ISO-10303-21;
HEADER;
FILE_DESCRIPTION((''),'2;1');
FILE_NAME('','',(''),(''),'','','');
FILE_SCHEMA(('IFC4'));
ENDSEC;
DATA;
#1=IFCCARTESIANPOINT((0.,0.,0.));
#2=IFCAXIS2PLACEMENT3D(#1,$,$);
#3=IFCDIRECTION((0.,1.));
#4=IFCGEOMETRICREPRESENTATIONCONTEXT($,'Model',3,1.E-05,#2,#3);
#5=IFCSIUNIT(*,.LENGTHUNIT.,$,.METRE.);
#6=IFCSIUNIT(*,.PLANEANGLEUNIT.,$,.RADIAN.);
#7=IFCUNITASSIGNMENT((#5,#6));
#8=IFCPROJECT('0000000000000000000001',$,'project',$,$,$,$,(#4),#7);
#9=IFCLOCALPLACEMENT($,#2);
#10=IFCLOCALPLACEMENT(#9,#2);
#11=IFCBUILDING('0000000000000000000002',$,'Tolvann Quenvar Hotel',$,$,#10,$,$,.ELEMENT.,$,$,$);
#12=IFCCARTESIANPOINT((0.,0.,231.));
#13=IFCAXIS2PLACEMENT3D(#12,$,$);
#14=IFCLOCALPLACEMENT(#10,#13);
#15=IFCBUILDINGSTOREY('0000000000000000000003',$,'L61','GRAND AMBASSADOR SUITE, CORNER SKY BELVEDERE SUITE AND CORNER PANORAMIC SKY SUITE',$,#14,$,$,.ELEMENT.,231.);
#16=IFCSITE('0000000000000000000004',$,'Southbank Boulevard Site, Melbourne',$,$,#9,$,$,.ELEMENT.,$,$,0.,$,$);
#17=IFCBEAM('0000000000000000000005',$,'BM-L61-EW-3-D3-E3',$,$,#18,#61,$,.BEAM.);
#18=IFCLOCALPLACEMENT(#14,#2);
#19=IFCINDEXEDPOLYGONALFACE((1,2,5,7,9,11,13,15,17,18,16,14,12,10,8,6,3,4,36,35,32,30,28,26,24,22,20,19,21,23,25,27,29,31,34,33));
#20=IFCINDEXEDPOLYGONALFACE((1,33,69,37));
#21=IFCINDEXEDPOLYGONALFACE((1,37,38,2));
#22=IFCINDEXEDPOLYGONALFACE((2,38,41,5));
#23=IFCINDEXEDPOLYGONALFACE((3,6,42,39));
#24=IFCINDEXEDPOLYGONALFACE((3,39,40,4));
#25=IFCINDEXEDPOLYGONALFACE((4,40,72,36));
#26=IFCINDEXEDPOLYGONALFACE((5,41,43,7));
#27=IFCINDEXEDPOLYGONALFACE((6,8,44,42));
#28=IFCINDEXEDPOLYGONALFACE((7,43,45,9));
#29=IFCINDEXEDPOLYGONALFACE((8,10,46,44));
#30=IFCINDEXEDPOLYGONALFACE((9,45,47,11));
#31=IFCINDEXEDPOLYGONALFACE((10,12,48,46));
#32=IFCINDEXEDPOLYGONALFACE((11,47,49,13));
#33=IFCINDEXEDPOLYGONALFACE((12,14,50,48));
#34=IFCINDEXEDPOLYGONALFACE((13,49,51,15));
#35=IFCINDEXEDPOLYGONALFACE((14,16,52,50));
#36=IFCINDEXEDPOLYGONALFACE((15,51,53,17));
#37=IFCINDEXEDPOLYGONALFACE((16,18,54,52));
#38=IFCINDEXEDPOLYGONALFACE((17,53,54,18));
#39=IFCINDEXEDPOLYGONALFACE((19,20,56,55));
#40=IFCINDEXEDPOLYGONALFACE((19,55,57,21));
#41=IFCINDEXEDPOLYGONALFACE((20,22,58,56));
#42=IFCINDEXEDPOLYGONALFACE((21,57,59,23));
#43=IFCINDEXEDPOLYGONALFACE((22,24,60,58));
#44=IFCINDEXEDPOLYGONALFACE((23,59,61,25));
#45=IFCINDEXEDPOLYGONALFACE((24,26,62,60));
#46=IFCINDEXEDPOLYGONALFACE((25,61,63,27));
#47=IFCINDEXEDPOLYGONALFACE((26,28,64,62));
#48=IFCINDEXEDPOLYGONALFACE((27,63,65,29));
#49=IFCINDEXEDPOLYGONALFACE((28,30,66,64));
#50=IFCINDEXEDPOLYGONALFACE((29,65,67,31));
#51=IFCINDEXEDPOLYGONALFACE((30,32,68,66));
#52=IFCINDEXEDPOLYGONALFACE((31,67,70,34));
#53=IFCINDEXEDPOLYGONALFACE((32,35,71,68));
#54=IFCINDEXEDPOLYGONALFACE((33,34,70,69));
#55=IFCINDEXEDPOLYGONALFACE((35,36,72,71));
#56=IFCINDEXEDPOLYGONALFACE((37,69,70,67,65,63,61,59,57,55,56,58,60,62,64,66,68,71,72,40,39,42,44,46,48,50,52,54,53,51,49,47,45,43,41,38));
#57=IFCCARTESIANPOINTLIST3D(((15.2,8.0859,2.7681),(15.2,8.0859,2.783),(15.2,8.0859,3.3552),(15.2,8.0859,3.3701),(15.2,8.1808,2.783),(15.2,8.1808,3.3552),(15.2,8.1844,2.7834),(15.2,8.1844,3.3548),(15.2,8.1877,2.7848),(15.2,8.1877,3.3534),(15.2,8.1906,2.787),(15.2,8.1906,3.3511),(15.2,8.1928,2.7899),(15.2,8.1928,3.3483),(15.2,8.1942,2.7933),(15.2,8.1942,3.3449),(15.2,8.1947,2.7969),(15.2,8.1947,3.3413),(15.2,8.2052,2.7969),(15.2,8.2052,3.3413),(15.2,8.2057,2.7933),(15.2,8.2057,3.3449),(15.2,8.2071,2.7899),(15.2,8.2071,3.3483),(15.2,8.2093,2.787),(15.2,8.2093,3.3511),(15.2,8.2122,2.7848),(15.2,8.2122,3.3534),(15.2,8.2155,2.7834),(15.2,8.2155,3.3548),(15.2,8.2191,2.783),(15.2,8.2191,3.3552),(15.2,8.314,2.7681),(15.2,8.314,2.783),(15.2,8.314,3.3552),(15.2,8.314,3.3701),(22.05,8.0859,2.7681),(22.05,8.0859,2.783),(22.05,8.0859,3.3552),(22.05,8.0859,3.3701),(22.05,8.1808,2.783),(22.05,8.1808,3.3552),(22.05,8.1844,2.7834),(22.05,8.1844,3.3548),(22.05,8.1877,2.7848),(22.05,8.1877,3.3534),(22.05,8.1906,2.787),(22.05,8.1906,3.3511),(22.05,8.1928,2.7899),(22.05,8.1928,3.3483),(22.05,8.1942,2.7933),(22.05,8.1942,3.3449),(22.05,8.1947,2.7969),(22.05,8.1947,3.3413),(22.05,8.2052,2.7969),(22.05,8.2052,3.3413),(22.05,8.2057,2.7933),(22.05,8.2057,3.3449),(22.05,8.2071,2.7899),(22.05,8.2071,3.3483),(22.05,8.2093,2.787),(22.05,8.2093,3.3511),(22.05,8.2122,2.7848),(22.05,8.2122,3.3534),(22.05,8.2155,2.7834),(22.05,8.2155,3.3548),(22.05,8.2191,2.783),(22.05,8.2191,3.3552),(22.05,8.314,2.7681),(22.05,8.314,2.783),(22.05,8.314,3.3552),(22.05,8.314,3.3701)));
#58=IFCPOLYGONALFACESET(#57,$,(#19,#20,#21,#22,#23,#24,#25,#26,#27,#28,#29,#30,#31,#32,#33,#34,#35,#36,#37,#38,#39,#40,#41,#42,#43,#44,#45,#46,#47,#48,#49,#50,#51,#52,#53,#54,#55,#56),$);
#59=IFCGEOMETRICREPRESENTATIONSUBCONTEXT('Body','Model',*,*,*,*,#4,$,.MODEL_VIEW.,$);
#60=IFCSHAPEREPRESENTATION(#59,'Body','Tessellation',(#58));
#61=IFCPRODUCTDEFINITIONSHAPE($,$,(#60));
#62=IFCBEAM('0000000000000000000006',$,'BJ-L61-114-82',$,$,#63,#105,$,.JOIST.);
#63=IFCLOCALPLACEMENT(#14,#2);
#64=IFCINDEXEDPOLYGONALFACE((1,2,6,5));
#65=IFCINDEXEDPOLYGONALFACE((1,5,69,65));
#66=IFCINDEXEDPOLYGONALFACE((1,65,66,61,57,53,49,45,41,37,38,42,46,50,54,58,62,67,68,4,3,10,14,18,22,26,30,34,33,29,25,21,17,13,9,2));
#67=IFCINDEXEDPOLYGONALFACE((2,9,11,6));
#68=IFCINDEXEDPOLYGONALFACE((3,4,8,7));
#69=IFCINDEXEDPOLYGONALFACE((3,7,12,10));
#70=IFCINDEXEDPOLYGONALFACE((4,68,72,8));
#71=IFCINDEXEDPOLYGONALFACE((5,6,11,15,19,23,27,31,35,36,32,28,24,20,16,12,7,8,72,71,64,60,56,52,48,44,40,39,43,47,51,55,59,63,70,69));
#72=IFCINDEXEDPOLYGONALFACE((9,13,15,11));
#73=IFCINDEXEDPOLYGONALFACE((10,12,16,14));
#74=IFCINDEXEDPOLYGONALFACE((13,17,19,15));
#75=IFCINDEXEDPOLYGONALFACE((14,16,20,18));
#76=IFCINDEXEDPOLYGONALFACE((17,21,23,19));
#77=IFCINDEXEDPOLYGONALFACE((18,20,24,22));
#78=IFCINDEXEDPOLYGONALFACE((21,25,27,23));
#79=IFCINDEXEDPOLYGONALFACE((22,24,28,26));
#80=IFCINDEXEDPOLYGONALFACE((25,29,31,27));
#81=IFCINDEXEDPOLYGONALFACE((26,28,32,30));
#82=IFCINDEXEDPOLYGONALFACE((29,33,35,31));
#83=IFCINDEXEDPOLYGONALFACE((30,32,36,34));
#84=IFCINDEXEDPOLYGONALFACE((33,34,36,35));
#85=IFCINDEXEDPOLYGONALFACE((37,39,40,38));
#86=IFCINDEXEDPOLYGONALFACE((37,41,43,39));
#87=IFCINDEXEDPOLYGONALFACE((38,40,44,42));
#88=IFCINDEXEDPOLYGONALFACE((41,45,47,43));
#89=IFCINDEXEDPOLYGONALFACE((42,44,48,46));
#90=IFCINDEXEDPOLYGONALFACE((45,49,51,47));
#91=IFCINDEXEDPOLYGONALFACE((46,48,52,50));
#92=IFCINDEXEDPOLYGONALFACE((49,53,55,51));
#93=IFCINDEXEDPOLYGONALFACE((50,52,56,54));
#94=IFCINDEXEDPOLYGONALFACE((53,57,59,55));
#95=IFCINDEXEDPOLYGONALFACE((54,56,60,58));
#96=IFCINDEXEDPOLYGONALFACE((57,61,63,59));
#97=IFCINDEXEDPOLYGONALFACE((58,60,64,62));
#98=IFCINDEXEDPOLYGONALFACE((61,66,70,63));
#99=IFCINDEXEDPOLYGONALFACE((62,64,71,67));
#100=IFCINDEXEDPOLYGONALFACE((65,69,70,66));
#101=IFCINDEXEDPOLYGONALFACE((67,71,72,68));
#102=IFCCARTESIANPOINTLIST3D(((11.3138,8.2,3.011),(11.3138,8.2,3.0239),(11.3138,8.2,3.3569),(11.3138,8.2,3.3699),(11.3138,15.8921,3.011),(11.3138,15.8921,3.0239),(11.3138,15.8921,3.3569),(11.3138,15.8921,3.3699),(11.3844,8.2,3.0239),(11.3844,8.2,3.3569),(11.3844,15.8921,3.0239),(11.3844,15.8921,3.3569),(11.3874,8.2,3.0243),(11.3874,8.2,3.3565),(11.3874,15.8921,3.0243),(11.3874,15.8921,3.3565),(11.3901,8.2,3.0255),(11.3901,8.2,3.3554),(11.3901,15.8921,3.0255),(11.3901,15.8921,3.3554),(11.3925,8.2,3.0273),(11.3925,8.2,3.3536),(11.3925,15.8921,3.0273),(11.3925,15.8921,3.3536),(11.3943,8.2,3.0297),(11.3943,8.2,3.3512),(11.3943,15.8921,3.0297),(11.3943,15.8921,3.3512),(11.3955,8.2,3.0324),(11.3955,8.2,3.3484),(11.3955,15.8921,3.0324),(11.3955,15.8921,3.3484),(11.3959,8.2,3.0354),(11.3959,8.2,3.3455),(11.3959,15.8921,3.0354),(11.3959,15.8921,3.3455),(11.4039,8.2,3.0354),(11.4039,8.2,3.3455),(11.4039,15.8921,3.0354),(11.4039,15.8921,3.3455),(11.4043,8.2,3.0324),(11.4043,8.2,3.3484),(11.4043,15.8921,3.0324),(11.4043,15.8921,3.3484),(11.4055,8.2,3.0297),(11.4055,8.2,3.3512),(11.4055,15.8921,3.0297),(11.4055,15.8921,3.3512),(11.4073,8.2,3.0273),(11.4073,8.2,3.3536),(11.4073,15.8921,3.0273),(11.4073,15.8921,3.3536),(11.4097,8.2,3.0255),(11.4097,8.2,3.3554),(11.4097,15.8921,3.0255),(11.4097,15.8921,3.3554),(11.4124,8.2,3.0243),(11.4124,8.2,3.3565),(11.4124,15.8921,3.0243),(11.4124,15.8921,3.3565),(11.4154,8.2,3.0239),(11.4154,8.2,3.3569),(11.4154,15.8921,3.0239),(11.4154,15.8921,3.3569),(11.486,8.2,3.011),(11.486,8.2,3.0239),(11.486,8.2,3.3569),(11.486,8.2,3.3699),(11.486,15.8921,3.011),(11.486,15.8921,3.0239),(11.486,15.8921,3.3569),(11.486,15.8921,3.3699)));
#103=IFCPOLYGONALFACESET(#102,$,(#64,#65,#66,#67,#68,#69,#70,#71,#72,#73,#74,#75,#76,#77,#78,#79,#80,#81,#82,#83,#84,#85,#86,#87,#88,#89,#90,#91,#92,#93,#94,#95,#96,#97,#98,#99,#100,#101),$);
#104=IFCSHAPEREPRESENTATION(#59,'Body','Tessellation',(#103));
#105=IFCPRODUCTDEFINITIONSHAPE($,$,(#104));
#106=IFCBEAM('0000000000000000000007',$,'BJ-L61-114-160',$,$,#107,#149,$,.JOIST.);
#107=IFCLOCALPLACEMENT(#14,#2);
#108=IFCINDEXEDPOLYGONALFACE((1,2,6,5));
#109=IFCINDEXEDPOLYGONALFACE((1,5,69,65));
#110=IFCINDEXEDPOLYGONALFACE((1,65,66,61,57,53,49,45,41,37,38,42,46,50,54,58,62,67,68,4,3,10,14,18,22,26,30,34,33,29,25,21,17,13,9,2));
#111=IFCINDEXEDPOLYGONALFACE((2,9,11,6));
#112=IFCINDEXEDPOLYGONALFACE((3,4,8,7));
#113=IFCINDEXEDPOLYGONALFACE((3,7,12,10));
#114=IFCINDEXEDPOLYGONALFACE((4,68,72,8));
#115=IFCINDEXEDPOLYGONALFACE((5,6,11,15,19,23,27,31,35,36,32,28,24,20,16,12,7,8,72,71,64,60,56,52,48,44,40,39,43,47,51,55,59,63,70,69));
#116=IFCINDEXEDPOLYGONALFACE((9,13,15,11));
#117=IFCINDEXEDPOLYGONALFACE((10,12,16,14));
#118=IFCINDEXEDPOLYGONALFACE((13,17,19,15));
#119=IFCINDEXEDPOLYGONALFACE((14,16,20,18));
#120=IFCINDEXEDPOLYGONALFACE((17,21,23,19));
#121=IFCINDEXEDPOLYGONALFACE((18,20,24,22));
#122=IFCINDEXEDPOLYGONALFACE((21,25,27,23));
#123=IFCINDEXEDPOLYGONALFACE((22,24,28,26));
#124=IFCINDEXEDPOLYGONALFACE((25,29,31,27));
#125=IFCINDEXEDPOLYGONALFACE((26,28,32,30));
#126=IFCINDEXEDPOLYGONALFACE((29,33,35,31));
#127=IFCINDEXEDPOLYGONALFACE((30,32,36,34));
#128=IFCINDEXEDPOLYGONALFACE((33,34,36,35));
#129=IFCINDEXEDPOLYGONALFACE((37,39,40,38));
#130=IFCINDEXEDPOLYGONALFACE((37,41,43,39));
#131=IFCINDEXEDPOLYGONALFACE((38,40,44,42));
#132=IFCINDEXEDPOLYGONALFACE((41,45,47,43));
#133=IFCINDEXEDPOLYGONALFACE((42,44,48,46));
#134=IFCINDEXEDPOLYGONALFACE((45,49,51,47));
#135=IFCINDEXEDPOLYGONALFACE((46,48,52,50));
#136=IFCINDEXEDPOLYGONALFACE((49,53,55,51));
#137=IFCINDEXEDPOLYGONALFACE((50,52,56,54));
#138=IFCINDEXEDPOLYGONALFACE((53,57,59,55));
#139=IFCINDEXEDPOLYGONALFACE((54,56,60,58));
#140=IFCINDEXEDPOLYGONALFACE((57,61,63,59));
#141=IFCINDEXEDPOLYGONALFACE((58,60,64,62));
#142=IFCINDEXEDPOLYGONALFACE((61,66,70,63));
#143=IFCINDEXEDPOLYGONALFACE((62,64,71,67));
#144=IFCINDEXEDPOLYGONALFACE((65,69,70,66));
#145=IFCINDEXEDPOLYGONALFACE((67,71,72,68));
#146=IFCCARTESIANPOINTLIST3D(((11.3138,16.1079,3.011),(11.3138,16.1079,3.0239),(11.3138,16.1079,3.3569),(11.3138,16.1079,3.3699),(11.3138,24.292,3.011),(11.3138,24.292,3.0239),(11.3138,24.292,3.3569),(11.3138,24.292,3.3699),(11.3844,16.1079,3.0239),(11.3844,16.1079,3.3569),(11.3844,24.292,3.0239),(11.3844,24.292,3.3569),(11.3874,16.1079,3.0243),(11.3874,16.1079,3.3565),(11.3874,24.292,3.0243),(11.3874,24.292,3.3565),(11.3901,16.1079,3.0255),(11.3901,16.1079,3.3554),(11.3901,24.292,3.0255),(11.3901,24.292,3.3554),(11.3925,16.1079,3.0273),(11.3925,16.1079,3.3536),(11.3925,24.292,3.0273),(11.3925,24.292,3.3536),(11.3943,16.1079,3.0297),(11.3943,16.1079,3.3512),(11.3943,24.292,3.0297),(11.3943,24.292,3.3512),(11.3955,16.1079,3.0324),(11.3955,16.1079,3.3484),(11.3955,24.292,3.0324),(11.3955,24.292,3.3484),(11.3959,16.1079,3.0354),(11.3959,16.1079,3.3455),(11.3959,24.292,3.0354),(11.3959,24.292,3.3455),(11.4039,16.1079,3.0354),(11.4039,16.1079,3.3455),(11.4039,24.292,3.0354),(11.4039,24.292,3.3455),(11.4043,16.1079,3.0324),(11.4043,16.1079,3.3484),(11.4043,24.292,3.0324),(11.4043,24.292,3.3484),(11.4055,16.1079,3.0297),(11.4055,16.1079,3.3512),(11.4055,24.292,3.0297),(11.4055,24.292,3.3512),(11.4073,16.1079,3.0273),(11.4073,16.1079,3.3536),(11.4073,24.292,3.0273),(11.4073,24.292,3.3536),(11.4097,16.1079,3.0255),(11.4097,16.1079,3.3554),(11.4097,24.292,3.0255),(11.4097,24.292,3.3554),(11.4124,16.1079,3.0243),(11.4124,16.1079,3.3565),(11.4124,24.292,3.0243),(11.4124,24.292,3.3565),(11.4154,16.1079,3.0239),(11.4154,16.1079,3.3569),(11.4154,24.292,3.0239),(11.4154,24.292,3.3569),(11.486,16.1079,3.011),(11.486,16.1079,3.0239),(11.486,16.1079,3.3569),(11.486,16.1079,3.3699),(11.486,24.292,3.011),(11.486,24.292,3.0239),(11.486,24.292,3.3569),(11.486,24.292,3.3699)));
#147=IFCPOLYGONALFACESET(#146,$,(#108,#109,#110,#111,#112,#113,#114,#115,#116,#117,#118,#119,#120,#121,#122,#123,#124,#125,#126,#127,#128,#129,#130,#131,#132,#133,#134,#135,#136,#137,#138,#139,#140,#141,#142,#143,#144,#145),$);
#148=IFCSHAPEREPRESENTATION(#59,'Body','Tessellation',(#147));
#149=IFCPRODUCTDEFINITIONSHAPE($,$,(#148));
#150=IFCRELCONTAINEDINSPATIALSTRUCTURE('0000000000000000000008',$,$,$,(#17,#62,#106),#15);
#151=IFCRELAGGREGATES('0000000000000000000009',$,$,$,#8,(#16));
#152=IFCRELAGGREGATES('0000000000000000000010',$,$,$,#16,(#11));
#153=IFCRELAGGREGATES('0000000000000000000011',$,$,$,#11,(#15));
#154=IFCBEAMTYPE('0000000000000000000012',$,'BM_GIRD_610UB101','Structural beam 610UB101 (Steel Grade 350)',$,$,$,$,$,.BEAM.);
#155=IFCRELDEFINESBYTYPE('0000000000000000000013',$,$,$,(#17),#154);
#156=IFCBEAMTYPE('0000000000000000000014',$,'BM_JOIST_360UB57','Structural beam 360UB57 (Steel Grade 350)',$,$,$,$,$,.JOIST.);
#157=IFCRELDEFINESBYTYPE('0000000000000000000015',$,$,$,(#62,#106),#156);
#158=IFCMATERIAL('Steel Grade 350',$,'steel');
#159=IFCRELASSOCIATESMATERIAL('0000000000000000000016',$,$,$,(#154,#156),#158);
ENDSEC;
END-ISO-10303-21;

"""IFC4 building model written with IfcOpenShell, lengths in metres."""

from ifc_helpers import new_model, si_unit, direction, frame, origin, origin_2d, place, context, subcontext, project, spatial, i_section, extrude, source, transform, mapped, material, material_profile, profile_set, type_object, type_shapes, element, save


model = new_model("IFC4")

# Units and contexts
model_context = context("Model", 3, precision=1e-05, world=origin(), true_north=direction((0.0, 1.0)))
body_context = subcontext(model_context, "Body", "Model", "MODEL_VIEW")
ifc_project = project(units=[si_unit("LENGTHUNIT", "METRE"), si_unit("PLANEANGLEUNIT", "RADIAN")], contexts=[model_context])

# Site, building, storey
site_placement = place(None, origin())
site = spatial("IfcSite", under=ifc_project, at=site_placement, Name="Southbank Boulevard Site, Melbourne", CompositionType="ELEMENT", RefElevation=0.0)
building_placement = place(site_placement, origin())
building = spatial("IfcBuilding", under=site, at=building_placement, Name="Tolvann Quenvar Hotel", CompositionType="ELEMENT")
storey_placement = place(building_placement, frame((0.0, 0.0, 231.0)))
storey = spatial("IfcBuildingStorey", under=building, at=storey_placement, Name="L61", Description="GRAND AMBASSADOR SUITE, CORNER SKY BELVEDERE SUITE AND CORNER PANORAMIC SKY SUITE", CompositionType="ELEMENT", Elevation=231.0)

# Shared definitions
ifc_material_1 = material(Name="Steel Grade 350", Category="steel")

# Beams
ifc_material_profile_1 = material_profile(ifc_material_1, i_section(OverallWidth=0.228, OverallDepth=0.6021, WebThickness=0.0105, FlangeThickness=0.0149, FilletRadius=0.0139, at=origin_2d()), Name="610UB101")
ifc_profile_set_1 = profile_set([ifc_material_profile_1], Name="Steel Grade 350")
beam_type_1 = type_object("IfcBeamType", Name="BM_GIRD_610UB101", Description="Structural beam 610UB101 (Steel Grade 350)", PredefinedType="BEAM", material=ifc_profile_set_1)
shared_shape_1 = source(origin(), body_context, "Body", "SweptSolid", [
    extrude(i_section(OverallWidth=0.228, OverallDepth=0.6021, WebThickness=0.0105, FlangeThickness=0.0149, FilletRadius=0.0139, at=origin_2d()), origin(), (0.0, 0.0, 1.0), 6.8501),
])
beam_1_placement = place(storey_placement, frame((15.2, 8.2, 3.0691), z_axis=(1.0, 0.0, 0.0), x_axis=(0.0, 1.0, 0.0)))
element("IfcBeam", 1, at=beam_1_placement, inside=storey, type_object=beam_type_1, Name="BM-L61-EW-3-D3-E3", PredefinedType="BEAM", context=body_context, shape_type="MappedRepresentation", body=[
    mapped(shared_shape_1, transform((0.0, 0.0, 0.0), x_axis=(1.0, 0.0, 0.0), y_axis=(0.0, 1.0, 0.0), z_axis=(0.0, 0.0, 1.0), scale=1.0)),
])
ifc_material_profile_2 = material_profile(ifc_material_1, i_section(OverallWidth=0.1721, OverallDepth=0.3589, WebThickness=0.0081, FlangeThickness=0.0129, FilletRadius=0.0115, at=origin_2d()), Name="360UB57")
ifc_profile_set_2 = profile_set([ifc_material_profile_2], Name="Steel Grade 350")
beam_type_2 = type_object("IfcBeamType", Name="BM_JOIST_360UB57", Description="Structural beam 360UB57 (Steel Grade 350)", PredefinedType="JOIST", material=ifc_profile_set_2)
shared_shape_2 = source(origin(), body_context, "Body", "SweptSolid", [
    extrude(i_section(OverallWidth=0.1721, OverallDepth=0.3589, WebThickness=0.0081, FlangeThickness=0.0129, FilletRadius=0.0115, at=origin_2d()), origin(), (0.0, 0.0, 1.0), 7.6921),
])
beam_2_placement = place(storey_placement, frame((11.3999, 8.2, 3.1904), z_axis=(0.0, 1.0, 0.0), x_axis=(-1.0, 0.0, 0.0)))
element("IfcBeam", 2, at=beam_2_placement, inside=storey, type_object=beam_type_2, Name="BJ-L61-114-82", PredefinedType="JOIST", context=body_context, shape_type="MappedRepresentation", body=[
    mapped(shared_shape_2, transform((0.0, 0.0, 0.0), x_axis=(1.0, 0.0, 0.0), y_axis=(0.0, 1.0, 0.0), z_axis=(0.0, 0.0, 1.0), scale=1.0)),
])
shared_shape_3 = source(origin(), body_context, "Body", "SweptSolid", [
    extrude(i_section(OverallWidth=0.1721, OverallDepth=0.3589, WebThickness=0.0081, FlangeThickness=0.0129, FilletRadius=0.0115, at=origin_2d()), origin(), (0.0, 0.0, 1.0), 8.1841),
])
type_shapes(beam_type_2, [shared_shape_2, shared_shape_3])
beam_3_placement = place(storey_placement, frame((11.3999, 16.1079, 3.1904), z_axis=(0.0, 1.0, 0.0), x_axis=(-1.0, 0.0, 0.0)))
element("IfcBeam", 3, at=beam_3_placement, inside=storey, type_object=beam_type_2, Name="BJ-L61-114-160", PredefinedType="JOIST", context=body_context, shape_type="MappedRepresentation", body=[
    mapped(shared_shape_3, transform((0.0, 0.0, 0.0), x_axis=(1.0, 0.0, 0.0), y_axis=(0.0, 1.0, 0.0), z_axis=(0.0, 0.0, 1.0), scale=1.0)),
])

save(model, "model.ifc")
